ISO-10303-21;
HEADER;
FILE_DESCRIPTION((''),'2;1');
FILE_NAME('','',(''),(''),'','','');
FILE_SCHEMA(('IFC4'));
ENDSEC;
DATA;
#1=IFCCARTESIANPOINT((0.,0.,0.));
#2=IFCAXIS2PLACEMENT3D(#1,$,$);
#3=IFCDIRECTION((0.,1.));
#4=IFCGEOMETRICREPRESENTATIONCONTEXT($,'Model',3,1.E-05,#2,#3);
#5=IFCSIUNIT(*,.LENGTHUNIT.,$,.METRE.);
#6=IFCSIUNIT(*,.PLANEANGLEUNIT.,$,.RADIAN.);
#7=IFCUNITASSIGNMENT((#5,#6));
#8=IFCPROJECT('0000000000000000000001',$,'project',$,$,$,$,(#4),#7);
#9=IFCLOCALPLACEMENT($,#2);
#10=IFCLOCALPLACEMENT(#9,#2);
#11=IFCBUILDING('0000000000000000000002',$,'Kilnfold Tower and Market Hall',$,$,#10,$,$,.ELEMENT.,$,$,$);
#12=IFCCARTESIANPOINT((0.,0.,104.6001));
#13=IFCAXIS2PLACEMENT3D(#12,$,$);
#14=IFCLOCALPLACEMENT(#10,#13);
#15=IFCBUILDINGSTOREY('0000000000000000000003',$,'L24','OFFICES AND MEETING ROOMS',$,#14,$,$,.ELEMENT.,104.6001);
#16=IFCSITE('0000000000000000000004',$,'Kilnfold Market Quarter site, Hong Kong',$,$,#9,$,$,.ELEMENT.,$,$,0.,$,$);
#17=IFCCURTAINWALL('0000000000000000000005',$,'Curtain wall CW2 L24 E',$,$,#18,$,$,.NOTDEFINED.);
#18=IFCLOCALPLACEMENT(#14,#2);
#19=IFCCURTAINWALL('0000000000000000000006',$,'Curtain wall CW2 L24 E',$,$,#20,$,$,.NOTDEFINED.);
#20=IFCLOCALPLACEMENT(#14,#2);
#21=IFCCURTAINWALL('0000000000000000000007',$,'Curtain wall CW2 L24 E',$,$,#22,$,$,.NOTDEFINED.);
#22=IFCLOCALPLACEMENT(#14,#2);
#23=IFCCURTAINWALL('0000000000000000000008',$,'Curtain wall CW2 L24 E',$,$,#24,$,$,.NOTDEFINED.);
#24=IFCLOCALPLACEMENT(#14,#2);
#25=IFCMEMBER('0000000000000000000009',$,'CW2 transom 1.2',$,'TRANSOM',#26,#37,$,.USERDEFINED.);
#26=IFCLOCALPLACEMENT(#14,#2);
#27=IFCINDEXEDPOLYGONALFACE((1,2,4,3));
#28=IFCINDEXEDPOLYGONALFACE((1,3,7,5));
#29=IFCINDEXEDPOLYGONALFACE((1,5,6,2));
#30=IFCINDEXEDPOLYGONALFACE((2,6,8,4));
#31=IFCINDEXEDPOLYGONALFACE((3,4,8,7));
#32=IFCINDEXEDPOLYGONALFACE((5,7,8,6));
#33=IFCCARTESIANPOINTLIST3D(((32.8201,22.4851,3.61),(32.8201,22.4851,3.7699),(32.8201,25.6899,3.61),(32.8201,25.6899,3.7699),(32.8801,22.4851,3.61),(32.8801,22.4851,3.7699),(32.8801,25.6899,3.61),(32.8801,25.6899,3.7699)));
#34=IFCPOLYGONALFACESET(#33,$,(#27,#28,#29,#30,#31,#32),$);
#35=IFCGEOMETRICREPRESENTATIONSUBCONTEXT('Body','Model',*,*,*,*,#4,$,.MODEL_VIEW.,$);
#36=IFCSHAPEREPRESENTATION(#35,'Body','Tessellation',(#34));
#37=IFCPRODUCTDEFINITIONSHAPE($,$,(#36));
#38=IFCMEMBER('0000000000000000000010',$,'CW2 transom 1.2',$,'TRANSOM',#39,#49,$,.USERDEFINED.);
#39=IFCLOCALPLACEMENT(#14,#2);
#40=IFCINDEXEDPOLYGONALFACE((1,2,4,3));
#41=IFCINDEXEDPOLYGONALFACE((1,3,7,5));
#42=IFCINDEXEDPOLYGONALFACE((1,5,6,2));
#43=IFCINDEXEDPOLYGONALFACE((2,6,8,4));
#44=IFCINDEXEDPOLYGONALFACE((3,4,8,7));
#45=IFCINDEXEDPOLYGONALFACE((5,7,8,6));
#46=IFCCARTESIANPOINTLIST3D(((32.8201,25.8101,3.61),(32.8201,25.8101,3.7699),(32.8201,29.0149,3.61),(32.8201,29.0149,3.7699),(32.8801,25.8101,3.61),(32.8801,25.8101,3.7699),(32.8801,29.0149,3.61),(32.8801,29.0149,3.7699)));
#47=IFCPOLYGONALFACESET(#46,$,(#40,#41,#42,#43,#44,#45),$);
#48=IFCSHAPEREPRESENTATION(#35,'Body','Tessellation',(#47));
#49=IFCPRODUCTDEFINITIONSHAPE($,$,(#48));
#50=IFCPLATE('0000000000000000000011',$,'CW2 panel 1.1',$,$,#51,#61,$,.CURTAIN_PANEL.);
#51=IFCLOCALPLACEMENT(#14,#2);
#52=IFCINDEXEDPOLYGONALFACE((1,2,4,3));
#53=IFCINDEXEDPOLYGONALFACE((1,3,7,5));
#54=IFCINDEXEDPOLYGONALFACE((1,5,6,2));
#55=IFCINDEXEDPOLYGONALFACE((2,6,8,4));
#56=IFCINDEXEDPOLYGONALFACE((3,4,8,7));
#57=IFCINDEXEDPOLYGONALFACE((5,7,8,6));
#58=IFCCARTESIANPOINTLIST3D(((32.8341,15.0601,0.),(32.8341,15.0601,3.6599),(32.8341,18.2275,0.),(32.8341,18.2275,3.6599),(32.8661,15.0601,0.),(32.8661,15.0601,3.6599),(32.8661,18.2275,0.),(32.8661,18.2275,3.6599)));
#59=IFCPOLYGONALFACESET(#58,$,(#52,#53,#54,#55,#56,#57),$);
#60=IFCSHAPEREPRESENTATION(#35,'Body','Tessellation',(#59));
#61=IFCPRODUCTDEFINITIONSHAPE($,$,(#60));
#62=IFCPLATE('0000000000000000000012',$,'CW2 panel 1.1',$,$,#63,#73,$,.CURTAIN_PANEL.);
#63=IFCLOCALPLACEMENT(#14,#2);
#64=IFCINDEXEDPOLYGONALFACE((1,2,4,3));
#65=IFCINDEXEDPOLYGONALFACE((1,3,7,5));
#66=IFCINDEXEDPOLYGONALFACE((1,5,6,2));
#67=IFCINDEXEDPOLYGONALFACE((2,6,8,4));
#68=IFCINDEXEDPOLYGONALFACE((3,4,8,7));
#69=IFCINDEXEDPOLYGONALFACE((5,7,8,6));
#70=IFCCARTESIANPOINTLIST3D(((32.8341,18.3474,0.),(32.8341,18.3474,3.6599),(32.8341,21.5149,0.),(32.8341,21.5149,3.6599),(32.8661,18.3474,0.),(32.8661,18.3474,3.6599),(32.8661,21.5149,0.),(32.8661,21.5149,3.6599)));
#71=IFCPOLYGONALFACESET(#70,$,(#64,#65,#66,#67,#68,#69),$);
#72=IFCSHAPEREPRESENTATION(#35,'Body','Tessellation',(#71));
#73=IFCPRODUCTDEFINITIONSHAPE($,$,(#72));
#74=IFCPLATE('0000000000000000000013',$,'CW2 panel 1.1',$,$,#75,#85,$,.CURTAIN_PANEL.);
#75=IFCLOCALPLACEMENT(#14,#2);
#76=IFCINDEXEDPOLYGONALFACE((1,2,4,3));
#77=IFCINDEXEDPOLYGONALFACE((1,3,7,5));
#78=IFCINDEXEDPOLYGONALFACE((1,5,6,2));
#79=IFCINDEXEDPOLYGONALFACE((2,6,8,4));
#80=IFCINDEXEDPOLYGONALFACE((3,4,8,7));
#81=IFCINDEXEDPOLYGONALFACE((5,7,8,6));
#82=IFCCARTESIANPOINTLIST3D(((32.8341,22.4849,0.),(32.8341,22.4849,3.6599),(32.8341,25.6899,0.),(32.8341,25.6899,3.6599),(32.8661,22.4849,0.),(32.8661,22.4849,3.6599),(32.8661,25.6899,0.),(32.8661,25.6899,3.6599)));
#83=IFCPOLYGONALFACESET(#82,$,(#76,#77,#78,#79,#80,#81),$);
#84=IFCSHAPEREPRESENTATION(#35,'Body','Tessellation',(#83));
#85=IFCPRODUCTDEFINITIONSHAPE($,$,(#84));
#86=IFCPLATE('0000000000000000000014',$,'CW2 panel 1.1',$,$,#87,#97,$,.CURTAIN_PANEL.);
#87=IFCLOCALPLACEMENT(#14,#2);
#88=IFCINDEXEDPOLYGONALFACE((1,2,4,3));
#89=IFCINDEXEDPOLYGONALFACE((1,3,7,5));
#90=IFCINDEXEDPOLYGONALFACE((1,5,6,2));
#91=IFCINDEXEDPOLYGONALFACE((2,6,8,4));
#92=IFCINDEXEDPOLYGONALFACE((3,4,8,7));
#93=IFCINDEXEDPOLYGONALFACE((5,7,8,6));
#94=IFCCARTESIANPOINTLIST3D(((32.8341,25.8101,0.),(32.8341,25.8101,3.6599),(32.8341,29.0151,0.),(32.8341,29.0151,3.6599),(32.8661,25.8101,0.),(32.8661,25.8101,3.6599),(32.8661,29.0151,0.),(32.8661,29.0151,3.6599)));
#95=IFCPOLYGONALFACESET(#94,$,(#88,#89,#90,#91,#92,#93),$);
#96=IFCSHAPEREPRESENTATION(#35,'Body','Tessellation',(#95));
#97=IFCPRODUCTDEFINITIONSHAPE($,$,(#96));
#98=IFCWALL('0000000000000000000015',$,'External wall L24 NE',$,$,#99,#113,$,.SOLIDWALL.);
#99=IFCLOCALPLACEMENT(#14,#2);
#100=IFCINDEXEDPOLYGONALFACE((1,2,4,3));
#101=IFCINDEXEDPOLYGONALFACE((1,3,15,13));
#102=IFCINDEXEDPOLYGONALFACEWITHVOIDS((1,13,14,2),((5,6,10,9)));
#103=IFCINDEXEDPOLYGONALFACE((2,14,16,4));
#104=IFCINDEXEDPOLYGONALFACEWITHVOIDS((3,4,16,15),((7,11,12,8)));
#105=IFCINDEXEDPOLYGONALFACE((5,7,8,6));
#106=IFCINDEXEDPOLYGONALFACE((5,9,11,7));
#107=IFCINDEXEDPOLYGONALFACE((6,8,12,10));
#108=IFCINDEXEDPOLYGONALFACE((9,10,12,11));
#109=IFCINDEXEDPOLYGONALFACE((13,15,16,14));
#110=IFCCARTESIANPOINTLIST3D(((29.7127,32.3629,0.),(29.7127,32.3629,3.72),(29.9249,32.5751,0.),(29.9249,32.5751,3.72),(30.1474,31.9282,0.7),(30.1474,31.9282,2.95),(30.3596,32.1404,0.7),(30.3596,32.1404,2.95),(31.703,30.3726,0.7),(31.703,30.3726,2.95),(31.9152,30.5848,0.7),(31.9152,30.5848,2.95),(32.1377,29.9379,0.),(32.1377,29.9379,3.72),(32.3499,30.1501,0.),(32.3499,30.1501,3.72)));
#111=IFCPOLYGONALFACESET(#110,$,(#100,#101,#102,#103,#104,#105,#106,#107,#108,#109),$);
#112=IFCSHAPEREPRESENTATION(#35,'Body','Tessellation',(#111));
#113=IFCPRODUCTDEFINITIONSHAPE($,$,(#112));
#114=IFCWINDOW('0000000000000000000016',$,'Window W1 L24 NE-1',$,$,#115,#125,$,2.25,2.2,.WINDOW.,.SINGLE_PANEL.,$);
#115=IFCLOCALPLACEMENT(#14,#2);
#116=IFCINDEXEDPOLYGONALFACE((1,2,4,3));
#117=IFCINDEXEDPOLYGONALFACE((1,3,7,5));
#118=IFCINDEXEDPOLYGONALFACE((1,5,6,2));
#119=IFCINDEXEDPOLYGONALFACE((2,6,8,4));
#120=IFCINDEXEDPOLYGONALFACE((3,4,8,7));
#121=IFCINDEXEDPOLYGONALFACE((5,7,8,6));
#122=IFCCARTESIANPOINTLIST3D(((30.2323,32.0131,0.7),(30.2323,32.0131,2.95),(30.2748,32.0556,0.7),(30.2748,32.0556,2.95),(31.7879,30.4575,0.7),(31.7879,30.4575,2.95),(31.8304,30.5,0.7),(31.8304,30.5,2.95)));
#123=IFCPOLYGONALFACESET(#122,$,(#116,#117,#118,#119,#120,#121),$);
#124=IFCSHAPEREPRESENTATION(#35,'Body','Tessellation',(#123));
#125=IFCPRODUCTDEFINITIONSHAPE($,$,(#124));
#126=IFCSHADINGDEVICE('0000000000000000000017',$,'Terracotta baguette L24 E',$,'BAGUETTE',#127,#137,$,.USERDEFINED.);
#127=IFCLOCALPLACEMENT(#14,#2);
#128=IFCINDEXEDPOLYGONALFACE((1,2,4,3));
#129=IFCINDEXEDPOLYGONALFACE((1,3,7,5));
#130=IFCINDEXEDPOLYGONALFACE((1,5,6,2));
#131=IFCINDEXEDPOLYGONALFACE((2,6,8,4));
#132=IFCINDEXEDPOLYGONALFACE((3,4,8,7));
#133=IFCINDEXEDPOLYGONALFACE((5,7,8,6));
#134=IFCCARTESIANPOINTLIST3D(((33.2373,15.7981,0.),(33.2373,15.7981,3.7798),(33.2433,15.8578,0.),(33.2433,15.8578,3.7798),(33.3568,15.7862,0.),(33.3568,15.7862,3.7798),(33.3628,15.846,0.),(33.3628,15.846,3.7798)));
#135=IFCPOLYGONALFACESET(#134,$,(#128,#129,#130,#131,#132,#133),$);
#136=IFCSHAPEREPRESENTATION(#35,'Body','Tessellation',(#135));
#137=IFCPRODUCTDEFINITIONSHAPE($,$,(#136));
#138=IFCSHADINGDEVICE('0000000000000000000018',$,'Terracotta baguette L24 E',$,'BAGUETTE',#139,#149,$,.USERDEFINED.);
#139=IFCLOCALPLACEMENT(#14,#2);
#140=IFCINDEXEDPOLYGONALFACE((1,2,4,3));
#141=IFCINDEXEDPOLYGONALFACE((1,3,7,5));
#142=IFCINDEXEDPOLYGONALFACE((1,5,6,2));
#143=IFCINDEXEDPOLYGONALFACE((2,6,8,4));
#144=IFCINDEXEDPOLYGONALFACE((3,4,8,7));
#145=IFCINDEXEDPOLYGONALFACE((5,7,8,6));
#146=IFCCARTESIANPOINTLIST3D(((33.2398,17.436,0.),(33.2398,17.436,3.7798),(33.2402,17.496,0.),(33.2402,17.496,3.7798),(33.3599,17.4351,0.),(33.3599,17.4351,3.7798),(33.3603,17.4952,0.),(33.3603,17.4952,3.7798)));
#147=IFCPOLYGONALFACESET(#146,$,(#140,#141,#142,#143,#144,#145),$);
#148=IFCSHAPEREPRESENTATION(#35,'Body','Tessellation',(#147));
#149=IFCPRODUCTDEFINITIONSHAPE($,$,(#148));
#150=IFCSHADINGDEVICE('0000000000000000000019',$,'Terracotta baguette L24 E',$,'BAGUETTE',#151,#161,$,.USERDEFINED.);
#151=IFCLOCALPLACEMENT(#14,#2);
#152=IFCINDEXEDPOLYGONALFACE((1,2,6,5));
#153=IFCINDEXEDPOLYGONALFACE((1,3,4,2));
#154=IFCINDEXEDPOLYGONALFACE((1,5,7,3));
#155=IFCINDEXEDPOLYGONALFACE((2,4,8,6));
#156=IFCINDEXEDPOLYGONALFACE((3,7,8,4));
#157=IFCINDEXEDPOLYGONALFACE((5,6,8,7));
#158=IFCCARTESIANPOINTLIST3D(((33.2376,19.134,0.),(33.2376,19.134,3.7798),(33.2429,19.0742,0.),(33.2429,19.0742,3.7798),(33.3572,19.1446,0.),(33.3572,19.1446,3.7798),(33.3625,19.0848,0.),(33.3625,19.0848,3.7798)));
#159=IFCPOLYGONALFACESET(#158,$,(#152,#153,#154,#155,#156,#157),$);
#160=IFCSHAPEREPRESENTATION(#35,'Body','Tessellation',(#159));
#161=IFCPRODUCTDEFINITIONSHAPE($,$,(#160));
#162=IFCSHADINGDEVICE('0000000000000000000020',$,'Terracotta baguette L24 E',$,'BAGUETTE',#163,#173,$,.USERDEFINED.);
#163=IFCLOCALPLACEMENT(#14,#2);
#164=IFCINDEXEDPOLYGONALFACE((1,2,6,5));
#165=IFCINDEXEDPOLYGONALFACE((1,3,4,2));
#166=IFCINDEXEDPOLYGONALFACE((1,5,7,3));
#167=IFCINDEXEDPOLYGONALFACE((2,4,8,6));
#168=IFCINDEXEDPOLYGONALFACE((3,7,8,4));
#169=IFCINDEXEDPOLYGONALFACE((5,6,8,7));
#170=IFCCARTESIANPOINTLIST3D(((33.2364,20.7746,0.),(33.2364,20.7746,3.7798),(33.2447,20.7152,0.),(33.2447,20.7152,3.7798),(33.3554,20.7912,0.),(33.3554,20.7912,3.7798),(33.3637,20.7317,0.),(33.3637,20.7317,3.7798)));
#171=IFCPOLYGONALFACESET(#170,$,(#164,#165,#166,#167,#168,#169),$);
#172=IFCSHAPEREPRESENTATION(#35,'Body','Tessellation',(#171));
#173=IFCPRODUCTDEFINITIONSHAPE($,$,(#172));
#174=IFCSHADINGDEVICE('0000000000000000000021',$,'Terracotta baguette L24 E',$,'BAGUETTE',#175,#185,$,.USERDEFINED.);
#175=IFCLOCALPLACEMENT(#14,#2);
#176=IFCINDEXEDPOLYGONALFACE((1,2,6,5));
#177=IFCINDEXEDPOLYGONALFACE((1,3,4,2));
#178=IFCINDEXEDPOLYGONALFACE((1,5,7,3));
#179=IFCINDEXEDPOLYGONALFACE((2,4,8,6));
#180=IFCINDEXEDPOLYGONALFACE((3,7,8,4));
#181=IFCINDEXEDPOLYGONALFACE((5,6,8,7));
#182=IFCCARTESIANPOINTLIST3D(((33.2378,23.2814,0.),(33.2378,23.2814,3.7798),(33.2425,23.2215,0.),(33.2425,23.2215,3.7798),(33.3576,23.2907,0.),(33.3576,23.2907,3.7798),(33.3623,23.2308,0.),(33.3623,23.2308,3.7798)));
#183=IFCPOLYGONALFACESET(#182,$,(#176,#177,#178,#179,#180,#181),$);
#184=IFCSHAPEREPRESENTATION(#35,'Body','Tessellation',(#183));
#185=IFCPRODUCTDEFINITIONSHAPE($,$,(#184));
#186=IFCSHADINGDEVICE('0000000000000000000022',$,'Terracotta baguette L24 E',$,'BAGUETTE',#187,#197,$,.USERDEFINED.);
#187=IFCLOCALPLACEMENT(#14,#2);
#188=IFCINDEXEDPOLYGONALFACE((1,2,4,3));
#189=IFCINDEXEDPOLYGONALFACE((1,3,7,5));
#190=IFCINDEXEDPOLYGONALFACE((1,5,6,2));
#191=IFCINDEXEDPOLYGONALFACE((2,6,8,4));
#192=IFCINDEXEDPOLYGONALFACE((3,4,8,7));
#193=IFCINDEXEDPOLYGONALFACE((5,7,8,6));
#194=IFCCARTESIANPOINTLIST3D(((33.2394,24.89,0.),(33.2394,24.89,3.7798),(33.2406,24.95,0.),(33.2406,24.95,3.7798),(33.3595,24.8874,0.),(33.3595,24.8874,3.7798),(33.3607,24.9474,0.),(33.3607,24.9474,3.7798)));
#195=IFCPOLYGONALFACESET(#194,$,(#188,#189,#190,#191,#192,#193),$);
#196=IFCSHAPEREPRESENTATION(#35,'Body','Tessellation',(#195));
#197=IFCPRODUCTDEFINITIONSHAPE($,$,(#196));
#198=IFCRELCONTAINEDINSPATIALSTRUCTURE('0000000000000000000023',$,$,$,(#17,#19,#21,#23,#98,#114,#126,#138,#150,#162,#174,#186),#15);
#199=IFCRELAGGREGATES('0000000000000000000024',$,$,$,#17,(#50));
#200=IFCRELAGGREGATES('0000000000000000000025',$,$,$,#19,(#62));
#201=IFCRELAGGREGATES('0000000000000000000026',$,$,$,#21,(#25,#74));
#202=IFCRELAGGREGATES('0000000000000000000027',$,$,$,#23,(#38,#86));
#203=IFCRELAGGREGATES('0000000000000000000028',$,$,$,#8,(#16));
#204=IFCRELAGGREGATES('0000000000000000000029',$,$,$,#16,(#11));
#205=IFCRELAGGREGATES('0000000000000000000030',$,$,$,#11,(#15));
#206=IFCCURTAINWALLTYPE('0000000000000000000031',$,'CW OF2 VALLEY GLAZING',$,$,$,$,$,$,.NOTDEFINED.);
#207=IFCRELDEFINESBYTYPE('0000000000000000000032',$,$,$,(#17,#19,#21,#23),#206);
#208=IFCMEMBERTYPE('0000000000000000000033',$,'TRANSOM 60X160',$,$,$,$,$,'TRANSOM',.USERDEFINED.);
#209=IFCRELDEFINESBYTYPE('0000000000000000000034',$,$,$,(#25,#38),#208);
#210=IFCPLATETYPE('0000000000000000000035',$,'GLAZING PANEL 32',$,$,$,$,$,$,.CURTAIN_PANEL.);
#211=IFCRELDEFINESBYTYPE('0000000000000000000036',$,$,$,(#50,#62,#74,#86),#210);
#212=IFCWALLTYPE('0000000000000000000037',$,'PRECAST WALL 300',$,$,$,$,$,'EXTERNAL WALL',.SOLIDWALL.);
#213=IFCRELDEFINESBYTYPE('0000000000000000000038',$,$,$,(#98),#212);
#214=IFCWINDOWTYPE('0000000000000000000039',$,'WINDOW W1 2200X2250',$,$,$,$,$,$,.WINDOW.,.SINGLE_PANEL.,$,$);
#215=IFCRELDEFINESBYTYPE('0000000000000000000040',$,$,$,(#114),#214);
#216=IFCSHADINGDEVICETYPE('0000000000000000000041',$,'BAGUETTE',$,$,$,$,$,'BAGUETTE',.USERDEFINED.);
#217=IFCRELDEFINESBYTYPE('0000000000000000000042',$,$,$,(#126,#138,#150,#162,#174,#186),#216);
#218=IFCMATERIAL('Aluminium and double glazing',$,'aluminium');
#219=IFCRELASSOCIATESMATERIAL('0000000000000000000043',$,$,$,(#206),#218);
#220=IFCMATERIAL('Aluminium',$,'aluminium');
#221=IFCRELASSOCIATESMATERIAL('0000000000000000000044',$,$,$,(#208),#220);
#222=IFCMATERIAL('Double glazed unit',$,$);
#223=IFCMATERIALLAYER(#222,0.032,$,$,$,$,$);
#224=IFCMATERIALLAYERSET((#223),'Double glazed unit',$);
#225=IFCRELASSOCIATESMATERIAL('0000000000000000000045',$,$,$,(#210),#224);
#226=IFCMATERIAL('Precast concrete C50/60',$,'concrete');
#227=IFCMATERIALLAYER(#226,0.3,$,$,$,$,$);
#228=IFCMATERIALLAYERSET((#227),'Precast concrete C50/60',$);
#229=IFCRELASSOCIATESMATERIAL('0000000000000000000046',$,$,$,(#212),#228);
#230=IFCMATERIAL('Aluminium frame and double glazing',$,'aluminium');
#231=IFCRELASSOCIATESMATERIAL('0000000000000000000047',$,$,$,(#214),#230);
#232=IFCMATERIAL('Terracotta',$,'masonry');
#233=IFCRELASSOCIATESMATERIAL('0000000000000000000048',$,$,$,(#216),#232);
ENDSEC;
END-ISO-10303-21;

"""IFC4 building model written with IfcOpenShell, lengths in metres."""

from ifc_helpers import new_model, si_unit, direction, frame, frame_2d, origin, origin_2d, place, context, subcontext, project, spatial, rectangle, extrude, source, transform, mapped, material, layer, layer_set, material_profile, profile_set, type_object, element, fill, aggregate, save


model = new_model("IFC4")

# Units and contexts
model_context = context("Model", 3, precision=1e-05, world=origin(), true_north=direction((0.0, 1.0)))
body_context = subcontext(model_context, "Body", "Model", "MODEL_VIEW")
ifc_project = project(units=[si_unit("LENGTHUNIT", "METRE"), si_unit("PLANEANGLEUNIT", "RADIAN")], contexts=[model_context])

# Site, building, storey
site_placement = place(None, origin())
site = spatial("IfcSite", under=ifc_project, at=site_placement, Name="Kilnfold Market Quarter site, Hong Kong", CompositionType="ELEMENT", RefElevation=0.0)
building_placement = place(site_placement, origin())
building = spatial("IfcBuilding", under=site, at=building_placement, Name="Kilnfold Tower and Market Hall", CompositionType="ELEMENT")
storey_placement = place(building_placement, frame((0.0, 0.0, 104.6001)))
storey = spatial("IfcBuildingStorey", under=building, at=storey_placement, Name="L24", Description="OFFICES AND MEETING ROOMS", CompositionType="ELEMENT", Elevation=104.6001)

# Shared definitions
ifc_material_1 = material(Name="Aluminium and double glazing", Category="aluminium")
curtain_wall_type = type_object("IfcCurtainWallType", Name="CW OF2 VALLEY GLAZING", PredefinedType="NOTDEFINED", material=ifc_material_1)

# Curtain walls
curtain_wall_1_placement = place(storey_placement, origin())
curtain_wall_1 = element("IfcCurtainWall", 1, at=curtain_wall_1_placement, inside=storey, type_object=curtain_wall_type, Name="Curtain wall CW2 L24 E", PredefinedType="NOTDEFINED")
curtain_wall_2_placement = place(storey_placement, origin())
curtain_wall_2 = element("IfcCurtainWall", 2, at=curtain_wall_2_placement, inside=storey, type_object=curtain_wall_type, Name="Curtain wall CW2 L24 E", PredefinedType="NOTDEFINED")
curtain_wall_3_placement = place(storey_placement, origin())
curtain_wall_3 = element("IfcCurtainWall", 3, at=curtain_wall_3_placement, inside=storey, type_object=curtain_wall_type, Name="Curtain wall CW2 L24 E", PredefinedType="NOTDEFINED")
curtain_wall_4_placement = place(storey_placement, origin())
curtain_wall_4 = element("IfcCurtainWall", 4, at=curtain_wall_4_placement, inside=storey, type_object=curtain_wall_type, Name="Curtain wall CW2 L24 E", PredefinedType="NOTDEFINED")

# Members
ifc_material_2 = material(Name="Aluminium", Category="aluminium")
ifc_material_profile_1 = material_profile(ifc_material_2, rectangle(XDim=0.0601, YDim=0.1599, at=origin_2d()), Name="TRANSOM 60x160")
ifc_profile_set_1 = profile_set([ifc_material_profile_1], Name="Aluminium")
member_type_1 = type_object("IfcMemberType", Name="TRANSOM 60X160", ElementType="TRANSOM", PredefinedType="USERDEFINED", material=ifc_profile_set_1)
shared_shape_1 = source(origin(), body_context, "Body", "SweptSolid", [
    extrude(rectangle(XDim=0.0601, YDim=0.1599, at=origin_2d()), origin(), (0.0, 0.0, 1.0), 3.2048),
])
member_1_placement = place(storey_placement, frame((32.8501, 22.4851, 3.6899), z_axis=(0.0, 1.0, 0.0), x_axis=(-1.0, 0.0, 0.0)))
member_1 = element("IfcMember", 5, at=member_1_placement, type_object=member_type_1, Name="CW2 transom 1.2", ObjectType="TRANSOM", PredefinedType="USERDEFINED", context=body_context, shape_type="MappedRepresentation", body=[
    mapped(shared_shape_1, transform((0.0, 0.0, 0.0))),
])
member_2_placement = place(storey_placement, frame((32.8501, 25.8101, 3.6899), z_axis=(0.0, 1.0, 0.0), x_axis=(-1.0, 0.0, 0.0)))
member_2 = element("IfcMember", 6, at=member_2_placement, type_object=member_type_1, Name="CW2 transom 1.2", ObjectType="TRANSOM", PredefinedType="USERDEFINED", context=body_context, shape_type="MappedRepresentation", body=[
    mapped(shared_shape_1, transform((0.0, 0.0, 0.0))),
])

# Plates
ifc_material_3 = material(Name="Double glazed unit")
ifc_layer_1 = layer(ifc_material_3, 0.032)
ifc_layer_set_1 = layer_set([ifc_layer_1], Name="Double glazed unit")
plate_type = type_object("IfcPlateType", Name="GLAZING PANEL 32", PredefinedType="CURTAIN_PANEL", material=ifc_layer_set_1)
shared_shape_2 = source(origin(), body_context, "Body", "SweptSolid", [
    extrude(rectangle(XDim=3.1675, YDim=0.032, at=origin_2d()), origin(), (0.0, 0.0, 1.0), 3.6599),
])
plate_1_placement = place(storey_placement, frame((32.8501, 16.6438, 0.0), z_axis=(0.0, 0.0, 1.0), x_axis=(0.0, 1.0, 0.0)))
plate_1 = element("IfcPlate", 7, at=plate_1_placement, type_object=plate_type, Name="CW2 panel 1.1", PredefinedType="CURTAIN_PANEL", context=body_context, shape_type="MappedRepresentation", body=[
    mapped(shared_shape_2, transform((0.0, 0.0, 0.0))),
])
aggregate(curtain_wall_1, [plate_1])
plate_2_placement = place(storey_placement, frame((32.8501, 19.9312, 0.0), z_axis=(0.0, 0.0, 1.0), x_axis=(0.0, 1.0, 0.0)))
plate_2 = element("IfcPlate", 8, at=plate_2_placement, type_object=plate_type, Name="CW2 panel 1.1", PredefinedType="CURTAIN_PANEL", context=body_context, shape_type="MappedRepresentation", body=[
    mapped(shared_shape_2, transform((0.0, 0.0, 0.0))),
])
aggregate(curtain_wall_2, [plate_2])
shared_shape_3 = source(origin(), body_context, "Body", "SweptSolid", [
    extrude(rectangle(XDim=3.2051, YDim=0.032, at=origin_2d()), origin(), (0.0, 0.0, 1.0), 3.6599),
])
plate_3_placement = place(storey_placement, frame((32.8501, 24.0874, 0.0), z_axis=(0.0, 0.0, 1.0), x_axis=(0.0, 1.0, 0.0)))
plate_3 = element("IfcPlate", 9, at=plate_3_placement, type_object=plate_type, Name="CW2 panel 1.1", PredefinedType="CURTAIN_PANEL", context=body_context, shape_type="MappedRepresentation", body=[
    mapped(shared_shape_3, transform((0.0, 0.0, 0.0))),
])
aggregate(curtain_wall_3, [member_1, plate_3])
plate_4_placement = place(storey_placement, frame((32.8501, 27.4126, 0.0), z_axis=(0.0, 0.0, 1.0), x_axis=(0.0, 1.0, 0.0)))
plate_4 = element("IfcPlate", 10, at=plate_4_placement, type_object=plate_type, Name="CW2 panel 1.1", PredefinedType="CURTAIN_PANEL", context=body_context, shape_type="MappedRepresentation", body=[
    mapped(shared_shape_3, transform((0.0, 0.0, 0.0))),
])
aggregate(curtain_wall_4, [member_2, plate_4])

# Wall, opening, window
ifc_material_4 = material(Name="Precast concrete C50/60", Category="concrete")
ifc_layer_2 = layer(ifc_material_4, 0.3)
ifc_layer_set_2 = layer_set([ifc_layer_2], Name="Precast concrete C50/60")
wall_type = type_object("IfcWallType", Name="PRECAST WALL 300", ElementType="EXTERNAL WALL", PredefinedType="SOLIDWALL", material=ifc_layer_set_2)
shared_shape_4 = source(origin(), body_context, "Body", "SweptSolid", [
    extrude(rectangle(XDim=3.4294, YDim=0.3, at=frame_2d((1.7148, 0.0))), origin(), (0.0, 0.0, 1.0), 3.72),
])
wall_placement = place(storey_placement, frame((32.2439, 30.0439, 0.0), z_axis=(0.0, 0.0, 1.0), x_axis=(-0.707107, 0.707107, 0.0)))
wall = element("IfcWall", 11, at=wall_placement, inside=storey, type_object=wall_type, Name="External wall L24 NE", PredefinedType="SOLIDWALL", context=body_context, shape_type="MappedRepresentation", body=[
    mapped(shared_shape_4, transform((0.0, 0.0, 0.0))),
])
opening_placement = place(wall_placement, frame((0.6147, 0.0, 0.7)))
opening = element("IfcOpeningElement", 12, at=opening_placement, cuts=wall, PredefinedType="OPENING", context=body_context, shape_type="SweptSolid", body=[
    extrude(rectangle(XDim=2.2, YDim=2.25, at=frame_2d((1.1001, 1.125))), frame((0.0, 0.1602, 0.0), z_axis=(0.0, -1.0, 0.0), x_axis=(1.0, 0.0, 0.0)), (0.0, 0.0, 1.0), 0.3201),
])
ifc_material_5 = material(Name="Aluminium frame and double glazing", Category="aluminium")
window_type = type_object("IfcWindowType", Name="WINDOW W1 2200X2250", PartitioningType="SINGLE_PANEL", PredefinedType="WINDOW", material=ifc_material_5)
window_placement = place(opening_placement, origin())
window = element("IfcWindow", 13, at=window_placement, inside=storey, type_object=window_type, Name="Window W1 L24 NE-1", OverallHeight=2.25, OverallWidth=2.2, PartitioningType="SINGLE_PANEL", PredefinedType="WINDOW", context=body_context, shape_type="SweptSolid", body=[
    extrude(rectangle(XDim=2.2, YDim=2.25, at=frame_2d((1.1001, 1.125))), frame((0.0, 0.03, 0.0), z_axis=(0.0, -1.0, 0.0), x_axis=(1.0, 0.0, 0.0)), (0.0, 0.0, 1.0), 0.0601),
])
fill(opening, window)

# Shading devices
ifc_material_6 = material(Name="Terracotta", Category="masonry")
ifc_material_profile_2 = material_profile(ifc_material_6, rectangle(XDim=0.0601, YDim=0.1201, at=origin_2d()), Name="BAG 60x120")
ifc_profile_set_2 = profile_set([ifc_material_profile_2], Name="Terracotta")
shading_device_type = type_object("IfcShadingDeviceType", Name="BAGUETTE", ElementType="BAGUETTE", PredefinedType="USERDEFINED", material=ifc_profile_set_2)
shared_shape_5 = source(origin(), body_context, "Body", "SweptSolid", [
    extrude(rectangle(XDim=0.0601, YDim=0.1201, at=origin_2d()), origin(), (0.0, 0.0, 1.0), 3.7798),
])
for number, where, z_axis, x_axis, name in (
    (14, (33.3, 15.822, 0.0), (0.0, 0.0, 1.0), (0.098851, 0.995102, 0.0), "Terracotta baguette L24 E"),
    (15, (33.3, 17.4656, 0.0), (0.0, 0.0, 1.0), (0.007055, 0.999975, 0.0), "Terracotta baguette L24 E"),
    (16, (33.3, 19.1094, 0.0), (0.0, 0.0, 1.0), (-0.088456, 0.99608, 0.0), "Terracotta baguette L24 E"),
    (17, (33.3, 20.7532, 0.0), (0.0, 0.0, 1.0), (-0.137704, 0.990473, 0.0), "Terracotta baguette L24 E"),
    (18, (33.3, 23.2561, 0.0), (0.0, 0.0, 1.0), (-0.077988, 0.996954, 0.0), "Terracotta baguette L24 E"),
    (19, (33.3, 24.9187, 0.0), (0.0, 0.0, 1.0), (0.021253, 0.999774, 0.0), "Terracotta baguette L24 E"),
):
    element("IfcShadingDevice", number, at=place(storey_placement, frame(where, z_axis=z_axis, x_axis=x_axis)), inside=storey, type_object=shading_device_type, Name=name, ObjectType="BAGUETTE", PredefinedType="USERDEFINED", context=body_context, shape_type="MappedRepresentation", body=[
        mapped(shared_shape_5, transform((0.0, 0.0, 0.0))),
    ])

save(model, "model.ifc")
